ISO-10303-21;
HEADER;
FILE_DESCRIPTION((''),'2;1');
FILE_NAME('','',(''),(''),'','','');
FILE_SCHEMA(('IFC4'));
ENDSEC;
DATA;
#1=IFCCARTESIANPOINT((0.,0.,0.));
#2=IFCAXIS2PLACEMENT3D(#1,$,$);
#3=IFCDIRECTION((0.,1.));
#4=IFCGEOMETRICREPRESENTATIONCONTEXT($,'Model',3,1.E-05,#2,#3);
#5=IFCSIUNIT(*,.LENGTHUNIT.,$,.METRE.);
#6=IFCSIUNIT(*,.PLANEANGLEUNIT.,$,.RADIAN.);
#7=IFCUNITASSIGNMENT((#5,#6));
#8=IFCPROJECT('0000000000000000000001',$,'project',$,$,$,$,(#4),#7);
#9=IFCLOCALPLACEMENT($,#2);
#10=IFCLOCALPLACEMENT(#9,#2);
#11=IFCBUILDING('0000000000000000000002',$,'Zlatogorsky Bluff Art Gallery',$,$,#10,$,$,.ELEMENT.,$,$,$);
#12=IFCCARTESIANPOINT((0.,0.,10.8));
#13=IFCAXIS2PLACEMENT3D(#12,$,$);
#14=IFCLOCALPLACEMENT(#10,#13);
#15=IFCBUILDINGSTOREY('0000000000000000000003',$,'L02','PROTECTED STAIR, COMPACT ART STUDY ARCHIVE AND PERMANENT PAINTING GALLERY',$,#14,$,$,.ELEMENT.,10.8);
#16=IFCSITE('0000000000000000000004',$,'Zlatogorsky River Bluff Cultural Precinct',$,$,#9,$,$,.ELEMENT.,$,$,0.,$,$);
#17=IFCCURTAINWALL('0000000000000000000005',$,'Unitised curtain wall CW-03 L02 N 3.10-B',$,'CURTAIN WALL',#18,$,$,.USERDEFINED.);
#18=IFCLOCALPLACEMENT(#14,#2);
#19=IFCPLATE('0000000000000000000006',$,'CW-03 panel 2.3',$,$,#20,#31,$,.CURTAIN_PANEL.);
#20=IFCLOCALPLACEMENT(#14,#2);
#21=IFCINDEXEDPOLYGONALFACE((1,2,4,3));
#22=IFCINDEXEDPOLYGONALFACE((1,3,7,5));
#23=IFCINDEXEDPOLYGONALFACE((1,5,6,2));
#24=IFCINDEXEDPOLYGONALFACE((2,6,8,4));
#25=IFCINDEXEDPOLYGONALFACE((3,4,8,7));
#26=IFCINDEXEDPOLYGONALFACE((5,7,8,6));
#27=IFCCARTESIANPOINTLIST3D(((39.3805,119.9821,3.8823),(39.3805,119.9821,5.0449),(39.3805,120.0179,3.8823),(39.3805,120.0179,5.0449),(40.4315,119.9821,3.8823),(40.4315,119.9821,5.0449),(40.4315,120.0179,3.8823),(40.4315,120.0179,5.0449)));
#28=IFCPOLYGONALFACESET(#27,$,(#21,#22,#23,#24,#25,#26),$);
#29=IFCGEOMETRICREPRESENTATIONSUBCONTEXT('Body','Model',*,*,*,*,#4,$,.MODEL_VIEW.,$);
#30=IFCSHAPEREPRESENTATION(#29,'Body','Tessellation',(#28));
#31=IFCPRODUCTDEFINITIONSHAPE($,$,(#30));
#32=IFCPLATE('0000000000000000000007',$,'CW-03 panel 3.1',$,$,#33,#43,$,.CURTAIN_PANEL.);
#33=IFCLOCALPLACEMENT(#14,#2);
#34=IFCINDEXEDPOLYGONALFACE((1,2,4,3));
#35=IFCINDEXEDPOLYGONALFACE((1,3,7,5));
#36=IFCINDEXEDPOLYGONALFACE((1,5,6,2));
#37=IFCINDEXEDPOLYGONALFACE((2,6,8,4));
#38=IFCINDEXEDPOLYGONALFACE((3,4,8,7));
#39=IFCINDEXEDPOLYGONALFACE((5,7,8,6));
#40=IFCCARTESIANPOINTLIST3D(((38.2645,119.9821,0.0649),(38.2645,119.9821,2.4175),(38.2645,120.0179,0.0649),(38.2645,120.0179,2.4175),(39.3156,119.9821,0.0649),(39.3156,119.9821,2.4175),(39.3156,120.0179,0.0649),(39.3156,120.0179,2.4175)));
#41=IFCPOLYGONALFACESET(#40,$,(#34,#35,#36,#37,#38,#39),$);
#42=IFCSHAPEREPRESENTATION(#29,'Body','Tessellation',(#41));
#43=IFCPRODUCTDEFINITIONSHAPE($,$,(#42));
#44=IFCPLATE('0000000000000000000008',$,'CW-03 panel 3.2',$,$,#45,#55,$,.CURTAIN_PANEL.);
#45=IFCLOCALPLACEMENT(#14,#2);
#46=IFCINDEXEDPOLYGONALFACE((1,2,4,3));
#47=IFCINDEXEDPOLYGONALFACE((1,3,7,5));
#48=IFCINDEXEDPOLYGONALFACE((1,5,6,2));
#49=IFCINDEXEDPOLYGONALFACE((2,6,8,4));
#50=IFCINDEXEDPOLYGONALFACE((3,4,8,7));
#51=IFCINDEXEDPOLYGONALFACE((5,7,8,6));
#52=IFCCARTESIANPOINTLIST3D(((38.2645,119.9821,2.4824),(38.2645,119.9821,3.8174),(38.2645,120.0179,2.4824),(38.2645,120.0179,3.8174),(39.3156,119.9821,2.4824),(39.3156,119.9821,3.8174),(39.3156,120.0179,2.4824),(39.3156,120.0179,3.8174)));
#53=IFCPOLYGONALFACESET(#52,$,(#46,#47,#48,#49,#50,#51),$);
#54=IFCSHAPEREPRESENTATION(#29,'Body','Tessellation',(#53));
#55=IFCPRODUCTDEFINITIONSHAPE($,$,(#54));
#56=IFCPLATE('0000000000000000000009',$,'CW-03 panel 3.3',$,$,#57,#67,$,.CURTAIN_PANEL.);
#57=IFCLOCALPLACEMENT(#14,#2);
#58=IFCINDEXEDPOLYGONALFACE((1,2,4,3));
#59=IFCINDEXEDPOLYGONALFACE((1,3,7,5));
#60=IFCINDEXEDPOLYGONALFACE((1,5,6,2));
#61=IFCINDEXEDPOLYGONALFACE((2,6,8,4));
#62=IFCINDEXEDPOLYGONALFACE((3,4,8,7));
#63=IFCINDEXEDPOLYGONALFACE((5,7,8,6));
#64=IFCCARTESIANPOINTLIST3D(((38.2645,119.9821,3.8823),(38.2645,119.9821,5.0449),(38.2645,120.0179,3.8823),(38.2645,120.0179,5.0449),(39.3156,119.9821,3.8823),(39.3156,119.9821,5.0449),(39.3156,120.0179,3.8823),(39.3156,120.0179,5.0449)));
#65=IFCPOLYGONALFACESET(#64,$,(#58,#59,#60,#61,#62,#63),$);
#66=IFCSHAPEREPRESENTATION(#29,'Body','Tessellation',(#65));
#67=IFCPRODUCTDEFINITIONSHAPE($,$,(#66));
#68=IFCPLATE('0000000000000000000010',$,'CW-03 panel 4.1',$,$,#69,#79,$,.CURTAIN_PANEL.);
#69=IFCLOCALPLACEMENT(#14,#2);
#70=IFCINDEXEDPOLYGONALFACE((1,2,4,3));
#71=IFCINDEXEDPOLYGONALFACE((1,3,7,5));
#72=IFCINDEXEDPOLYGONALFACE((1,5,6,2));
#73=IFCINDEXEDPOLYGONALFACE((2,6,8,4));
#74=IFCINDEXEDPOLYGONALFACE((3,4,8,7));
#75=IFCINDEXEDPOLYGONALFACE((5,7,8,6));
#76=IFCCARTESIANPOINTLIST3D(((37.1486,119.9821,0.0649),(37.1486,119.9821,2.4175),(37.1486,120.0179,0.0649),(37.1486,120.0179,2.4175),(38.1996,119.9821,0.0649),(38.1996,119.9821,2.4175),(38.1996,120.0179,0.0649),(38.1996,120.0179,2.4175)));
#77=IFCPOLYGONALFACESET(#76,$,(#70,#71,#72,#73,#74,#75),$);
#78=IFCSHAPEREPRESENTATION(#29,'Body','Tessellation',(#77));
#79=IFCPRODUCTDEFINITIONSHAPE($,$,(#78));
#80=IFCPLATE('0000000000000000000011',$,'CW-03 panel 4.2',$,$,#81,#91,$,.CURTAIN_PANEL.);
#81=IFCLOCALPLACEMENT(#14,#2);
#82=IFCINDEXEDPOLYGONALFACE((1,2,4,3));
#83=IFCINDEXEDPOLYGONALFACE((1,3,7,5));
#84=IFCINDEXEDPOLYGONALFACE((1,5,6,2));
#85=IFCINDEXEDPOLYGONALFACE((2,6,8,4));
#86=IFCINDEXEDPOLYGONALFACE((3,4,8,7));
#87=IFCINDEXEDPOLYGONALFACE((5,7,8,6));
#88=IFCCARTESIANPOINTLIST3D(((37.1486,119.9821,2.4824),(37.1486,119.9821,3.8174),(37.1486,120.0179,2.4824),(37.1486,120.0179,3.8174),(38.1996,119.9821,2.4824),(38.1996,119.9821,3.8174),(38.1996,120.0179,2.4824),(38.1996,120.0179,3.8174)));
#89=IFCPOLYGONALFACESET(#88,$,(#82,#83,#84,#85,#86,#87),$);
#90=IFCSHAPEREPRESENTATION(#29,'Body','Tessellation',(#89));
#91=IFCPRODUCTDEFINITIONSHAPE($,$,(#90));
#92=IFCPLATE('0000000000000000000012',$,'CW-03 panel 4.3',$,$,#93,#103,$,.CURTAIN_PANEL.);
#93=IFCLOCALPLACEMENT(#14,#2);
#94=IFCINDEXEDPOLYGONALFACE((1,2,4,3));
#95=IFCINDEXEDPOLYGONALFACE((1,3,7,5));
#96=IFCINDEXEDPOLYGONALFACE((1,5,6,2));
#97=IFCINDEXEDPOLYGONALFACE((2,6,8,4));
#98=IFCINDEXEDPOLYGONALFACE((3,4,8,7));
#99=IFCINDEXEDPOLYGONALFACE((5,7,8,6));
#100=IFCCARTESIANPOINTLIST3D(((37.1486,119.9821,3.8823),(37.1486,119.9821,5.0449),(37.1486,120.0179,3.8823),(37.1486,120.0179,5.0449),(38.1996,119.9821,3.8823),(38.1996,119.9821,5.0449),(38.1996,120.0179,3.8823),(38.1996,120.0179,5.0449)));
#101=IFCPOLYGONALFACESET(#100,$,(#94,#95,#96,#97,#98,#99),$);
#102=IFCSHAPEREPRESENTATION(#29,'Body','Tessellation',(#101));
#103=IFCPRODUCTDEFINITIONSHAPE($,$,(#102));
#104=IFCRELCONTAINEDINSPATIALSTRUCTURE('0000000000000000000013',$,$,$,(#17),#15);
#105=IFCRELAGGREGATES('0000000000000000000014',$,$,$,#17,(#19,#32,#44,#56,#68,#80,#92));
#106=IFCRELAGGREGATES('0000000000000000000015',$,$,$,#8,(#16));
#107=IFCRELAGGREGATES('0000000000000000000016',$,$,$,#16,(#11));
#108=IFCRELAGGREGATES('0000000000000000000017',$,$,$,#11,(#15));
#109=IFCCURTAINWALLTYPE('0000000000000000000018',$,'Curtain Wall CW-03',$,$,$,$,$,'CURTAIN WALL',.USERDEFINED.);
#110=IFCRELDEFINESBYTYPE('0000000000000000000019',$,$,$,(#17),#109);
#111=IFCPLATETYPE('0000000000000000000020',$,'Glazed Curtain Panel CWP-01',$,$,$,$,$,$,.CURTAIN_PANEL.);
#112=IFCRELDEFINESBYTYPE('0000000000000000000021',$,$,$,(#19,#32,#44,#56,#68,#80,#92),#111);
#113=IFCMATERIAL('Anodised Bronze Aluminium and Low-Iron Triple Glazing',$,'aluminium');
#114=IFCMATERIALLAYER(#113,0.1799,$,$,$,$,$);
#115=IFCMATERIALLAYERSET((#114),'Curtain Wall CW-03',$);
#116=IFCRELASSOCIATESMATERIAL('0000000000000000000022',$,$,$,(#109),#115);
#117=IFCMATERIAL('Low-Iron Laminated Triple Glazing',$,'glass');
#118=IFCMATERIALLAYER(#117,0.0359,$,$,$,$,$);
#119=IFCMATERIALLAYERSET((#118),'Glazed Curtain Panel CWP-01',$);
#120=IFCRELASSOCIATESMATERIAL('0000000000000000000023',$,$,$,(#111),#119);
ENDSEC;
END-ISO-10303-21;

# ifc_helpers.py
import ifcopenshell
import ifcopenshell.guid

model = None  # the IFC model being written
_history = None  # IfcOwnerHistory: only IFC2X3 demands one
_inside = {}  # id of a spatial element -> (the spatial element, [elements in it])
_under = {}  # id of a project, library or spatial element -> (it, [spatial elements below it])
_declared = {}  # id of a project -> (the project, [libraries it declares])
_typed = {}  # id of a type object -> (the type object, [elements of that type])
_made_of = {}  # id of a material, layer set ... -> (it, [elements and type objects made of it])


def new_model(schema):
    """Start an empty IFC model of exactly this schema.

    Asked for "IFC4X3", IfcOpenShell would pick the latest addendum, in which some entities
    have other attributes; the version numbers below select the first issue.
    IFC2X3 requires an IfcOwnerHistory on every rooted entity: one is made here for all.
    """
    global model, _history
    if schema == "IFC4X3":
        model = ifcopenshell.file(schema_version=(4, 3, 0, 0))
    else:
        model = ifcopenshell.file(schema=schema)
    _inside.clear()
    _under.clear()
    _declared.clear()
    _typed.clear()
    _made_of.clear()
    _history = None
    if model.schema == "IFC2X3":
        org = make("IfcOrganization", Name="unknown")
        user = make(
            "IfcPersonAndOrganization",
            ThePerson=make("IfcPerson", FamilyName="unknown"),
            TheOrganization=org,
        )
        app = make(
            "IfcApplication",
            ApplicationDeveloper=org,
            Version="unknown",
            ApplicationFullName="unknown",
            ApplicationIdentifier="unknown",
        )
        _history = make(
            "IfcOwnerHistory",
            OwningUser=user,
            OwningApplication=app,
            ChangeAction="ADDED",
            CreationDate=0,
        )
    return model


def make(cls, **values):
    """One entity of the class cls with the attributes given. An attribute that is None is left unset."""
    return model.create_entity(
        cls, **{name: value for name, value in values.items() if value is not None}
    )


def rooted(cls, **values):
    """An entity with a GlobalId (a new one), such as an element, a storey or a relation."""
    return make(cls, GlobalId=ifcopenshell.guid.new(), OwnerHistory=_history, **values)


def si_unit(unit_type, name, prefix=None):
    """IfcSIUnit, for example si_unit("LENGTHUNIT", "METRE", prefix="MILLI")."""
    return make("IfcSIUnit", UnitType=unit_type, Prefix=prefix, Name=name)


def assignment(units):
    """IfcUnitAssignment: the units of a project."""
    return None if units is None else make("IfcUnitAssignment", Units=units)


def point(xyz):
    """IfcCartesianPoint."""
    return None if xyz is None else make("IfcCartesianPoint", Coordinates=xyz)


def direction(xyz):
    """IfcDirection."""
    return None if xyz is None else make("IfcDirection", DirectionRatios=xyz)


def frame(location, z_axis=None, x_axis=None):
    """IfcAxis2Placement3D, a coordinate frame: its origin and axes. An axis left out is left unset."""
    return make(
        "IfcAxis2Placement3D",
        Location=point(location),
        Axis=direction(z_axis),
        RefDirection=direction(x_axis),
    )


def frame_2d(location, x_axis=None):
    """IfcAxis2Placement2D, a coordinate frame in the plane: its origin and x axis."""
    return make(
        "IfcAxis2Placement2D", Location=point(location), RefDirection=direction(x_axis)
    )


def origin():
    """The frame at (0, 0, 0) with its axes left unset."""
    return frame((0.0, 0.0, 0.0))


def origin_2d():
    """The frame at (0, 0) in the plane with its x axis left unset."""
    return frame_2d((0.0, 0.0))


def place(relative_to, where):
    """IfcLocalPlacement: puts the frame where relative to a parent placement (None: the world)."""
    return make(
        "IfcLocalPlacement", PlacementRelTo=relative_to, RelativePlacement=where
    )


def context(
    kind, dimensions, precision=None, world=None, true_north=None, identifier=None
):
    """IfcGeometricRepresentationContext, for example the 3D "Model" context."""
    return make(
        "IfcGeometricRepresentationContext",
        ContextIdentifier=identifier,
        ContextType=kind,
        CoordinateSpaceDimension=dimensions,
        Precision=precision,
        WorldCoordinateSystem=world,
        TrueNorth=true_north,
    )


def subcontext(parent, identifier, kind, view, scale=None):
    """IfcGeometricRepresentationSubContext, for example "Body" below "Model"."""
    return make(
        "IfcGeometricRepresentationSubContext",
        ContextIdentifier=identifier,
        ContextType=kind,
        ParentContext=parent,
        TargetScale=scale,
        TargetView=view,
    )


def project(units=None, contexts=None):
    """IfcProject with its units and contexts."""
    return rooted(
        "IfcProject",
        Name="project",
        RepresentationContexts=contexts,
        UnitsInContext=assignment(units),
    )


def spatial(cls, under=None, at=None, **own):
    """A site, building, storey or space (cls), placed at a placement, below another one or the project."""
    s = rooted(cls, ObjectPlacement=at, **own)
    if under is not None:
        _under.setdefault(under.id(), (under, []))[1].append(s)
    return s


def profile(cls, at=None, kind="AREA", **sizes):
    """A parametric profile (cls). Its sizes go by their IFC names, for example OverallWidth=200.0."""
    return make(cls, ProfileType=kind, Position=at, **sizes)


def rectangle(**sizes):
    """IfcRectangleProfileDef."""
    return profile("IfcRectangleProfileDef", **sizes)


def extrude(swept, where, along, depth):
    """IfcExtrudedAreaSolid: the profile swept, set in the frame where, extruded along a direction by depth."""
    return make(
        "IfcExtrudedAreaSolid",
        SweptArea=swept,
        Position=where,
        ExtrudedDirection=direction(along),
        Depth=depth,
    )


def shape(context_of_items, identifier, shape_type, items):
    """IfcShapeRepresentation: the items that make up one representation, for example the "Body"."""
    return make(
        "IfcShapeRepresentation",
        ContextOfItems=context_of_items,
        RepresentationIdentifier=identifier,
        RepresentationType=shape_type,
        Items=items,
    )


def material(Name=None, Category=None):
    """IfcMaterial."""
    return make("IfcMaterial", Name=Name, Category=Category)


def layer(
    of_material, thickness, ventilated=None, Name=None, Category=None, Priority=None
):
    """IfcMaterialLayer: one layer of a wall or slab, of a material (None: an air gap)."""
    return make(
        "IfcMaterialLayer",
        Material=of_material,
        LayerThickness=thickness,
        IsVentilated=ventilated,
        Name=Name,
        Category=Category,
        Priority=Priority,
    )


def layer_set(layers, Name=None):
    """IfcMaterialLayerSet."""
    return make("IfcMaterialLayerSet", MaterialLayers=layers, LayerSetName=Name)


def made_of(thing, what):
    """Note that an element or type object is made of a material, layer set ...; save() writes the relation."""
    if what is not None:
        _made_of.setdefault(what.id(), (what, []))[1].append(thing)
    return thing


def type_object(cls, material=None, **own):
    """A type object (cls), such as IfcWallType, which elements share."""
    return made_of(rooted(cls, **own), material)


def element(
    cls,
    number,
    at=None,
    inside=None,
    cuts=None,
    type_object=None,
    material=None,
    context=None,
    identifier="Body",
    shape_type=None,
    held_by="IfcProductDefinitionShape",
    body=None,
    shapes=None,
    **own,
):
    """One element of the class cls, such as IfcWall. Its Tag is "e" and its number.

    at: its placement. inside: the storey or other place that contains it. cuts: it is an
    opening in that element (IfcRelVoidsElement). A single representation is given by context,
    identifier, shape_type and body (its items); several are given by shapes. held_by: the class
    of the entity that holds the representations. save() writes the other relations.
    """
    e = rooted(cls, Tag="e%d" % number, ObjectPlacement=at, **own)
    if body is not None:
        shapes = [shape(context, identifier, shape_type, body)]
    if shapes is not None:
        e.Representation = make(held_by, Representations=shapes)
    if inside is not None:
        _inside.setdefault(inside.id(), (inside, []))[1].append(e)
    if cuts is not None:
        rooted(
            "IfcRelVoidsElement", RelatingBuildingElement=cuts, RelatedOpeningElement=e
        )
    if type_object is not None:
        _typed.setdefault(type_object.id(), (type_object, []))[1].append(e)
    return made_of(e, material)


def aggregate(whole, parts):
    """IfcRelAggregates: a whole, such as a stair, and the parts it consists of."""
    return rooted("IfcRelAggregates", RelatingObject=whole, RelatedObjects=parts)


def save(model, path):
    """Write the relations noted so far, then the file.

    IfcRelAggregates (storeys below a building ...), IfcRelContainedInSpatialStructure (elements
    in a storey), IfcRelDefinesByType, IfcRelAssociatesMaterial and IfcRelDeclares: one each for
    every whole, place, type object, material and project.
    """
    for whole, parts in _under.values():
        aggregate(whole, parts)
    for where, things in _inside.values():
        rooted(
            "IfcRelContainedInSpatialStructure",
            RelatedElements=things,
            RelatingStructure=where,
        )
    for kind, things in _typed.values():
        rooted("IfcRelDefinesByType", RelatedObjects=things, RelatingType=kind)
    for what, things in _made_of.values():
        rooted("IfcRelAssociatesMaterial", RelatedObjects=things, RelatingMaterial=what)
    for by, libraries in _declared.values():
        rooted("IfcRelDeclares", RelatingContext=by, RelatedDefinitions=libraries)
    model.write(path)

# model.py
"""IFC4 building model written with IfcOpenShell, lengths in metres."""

from ifc_helpers import new_model, si_unit, direction, frame, origin, origin_2d, place, context, subcontext, project, spatial, rectangle, extrude, material, layer, layer_set, type_object, element, aggregate, save


model = new_model("IFC4")

# Units and contexts
model_context = context("Model", 3, precision=1e-05, world=origin(), true_north=direction((0.0, 1.0)))
body_context = subcontext(model_context, "Body", "Model", "MODEL_VIEW")
ifc_project = project(units=[si_unit("LENGTHUNIT", "METRE"), si_unit("PLANEANGLEUNIT", "RADIAN")], contexts=[model_context])

# Site, building, storey
site_placement = place(None, origin())
site = spatial("IfcSite", under=ifc_project, at=site_placement, Name="Zlatogorsky River Bluff Cultural Precinct", CompositionType="ELEMENT", RefElevation=0.0)
building_placement = place(site_placement, origin())
building = spatial("IfcBuilding", under=site, at=building_placement, Name="Zlatogorsky Bluff Art Gallery", CompositionType="ELEMENT")
storey_placement = place(building_placement, frame((0.0, 0.0, 10.8)))
storey = spatial("IfcBuildingStorey", under=building, at=storey_placement, Name="L02", Description="PROTECTED STAIR, COMPACT ART STUDY ARCHIVE AND PERMANENT PAINTING GALLERY", CompositionType="ELEMENT", Elevation=10.8)

# Curtain wall, plates
ifc_material_1 = material(Name="Anodised Bronze Aluminium and Low-Iron Triple Glazing", Category="aluminium")
ifc_layer_1 = layer(ifc_material_1, 0.1799)
ifc_layer_set_1 = layer_set([ifc_layer_1], Name="Curtain Wall CW-03")
curtain_wall_type = type_object("IfcCurtainWallType", Name="Curtain Wall CW-03", ElementType="CURTAIN WALL", PredefinedType="USERDEFINED", material=ifc_layer_set_1)
curtain_wall_placement = place(storey_placement, origin())
curtain_wall = element("IfcCurtainWall", 1, at=curtain_wall_placement, inside=storey, type_object=curtain_wall_type, Name="Unitised curtain wall CW-03 L02 N 3.10-B", ObjectType="CURTAIN WALL", PredefinedType="USERDEFINED")
ifc_material_2 = material(Name="Low-Iron Laminated Triple Glazing", Category="glass")
ifc_layer_2 = layer(ifc_material_2, 0.0359)
ifc_layer_set_2 = layer_set([ifc_layer_2], Name="Glazed Curtain Panel CWP-01")
plate_type = type_object("IfcPlateType", Name="Glazed Curtain Panel CWP-01", PredefinedType="CURTAIN_PANEL", material=ifc_layer_set_2)
plate_1_placement = place(storey_placement, frame((39.906, 120.0, 3.8823), z_axis=(0.0, 0.0, 1.0), x_axis=(-1.0, 0.0, 0.0)))
plate_1 = element("IfcPlate", 2, at=plate_1_placement, type_object=plate_type, Name="CW-03 panel 2.3", PredefinedType="CURTAIN_PANEL", context=body_context, shape_type="SweptSolid", body=[
    extrude(rectangle(XDim=1.051, YDim=0.0359, at=origin_2d()), origin(), (0.0, 0.0, 1.0), 1.1626),
])
plate_2_placement = place(storey_placement, frame((38.79, 120.0, 0.0649), z_axis=(0.0, 0.0, 1.0), x_axis=(-1.0, 0.0, 0.0)))
plate_2 = element("IfcPlate", 3, at=plate_2_placement, type_object=plate_type, Name="CW-03 panel 3.1", PredefinedType="CURTAIN_PANEL", context=body_context, shape_type="SweptSolid", body=[
    extrude(rectangle(XDim=1.051, YDim=0.0359, at=origin_2d()), origin(), (0.0, 0.0, 1.0), 2.3525),
])
plate_3_placement = place(storey_placement, frame((38.79, 120.0, 2.4824), z_axis=(0.0, 0.0, 1.0), x_axis=(-1.0, 0.0, 0.0)))
plate_3 = element("IfcPlate", 4, at=plate_3_placement, type_object=plate_type, Name="CW-03 panel 3.2", PredefinedType="CURTAIN_PANEL", context=body_context, shape_type="SweptSolid", body=[
    extrude(rectangle(XDim=1.051, YDim=0.0359, at=origin_2d()), origin(), (0.0, 0.0, 1.0), 1.335),
])
plate_4_placement = place(storey_placement, frame((38.79, 120.0, 3.8823), z_axis=(0.0, 0.0, 1.0), x_axis=(-1.0, 0.0, 0.0)))
plate_4 = element("IfcPlate", 5, at=plate_4_placement, type_object=plate_type, Name="CW-03 panel 3.3", PredefinedType="CURTAIN_PANEL", context=body_context, shape_type="SweptSolid", body=[
    extrude(rectangle(XDim=1.051, YDim=0.0359, at=origin_2d()), origin(), (0.0, 0.0, 1.0), 1.1626),
])
plate_5_placement = place(storey_placement, frame((37.6741, 120.0, 0.0649), z_axis=(0.0, 0.0, 1.0), x_axis=(-1.0, 0.0, 0.0)))
plate_5 = element("IfcPlate", 6, at=plate_5_placement, type_object=plate_type, Name="CW-03 panel 4.1", PredefinedType="CURTAIN_PANEL", context=body_context, shape_type="SweptSolid", body=[
    extrude(rectangle(XDim=1.051, YDim=0.0359, at=origin_2d()), origin(), (0.0, 0.0, 1.0), 2.3525),
])
plate_6_placement = place(storey_placement, frame((37.6741, 120.0, 2.4824), z_axis=(0.0, 0.0, 1.0), x_axis=(-1.0, 0.0, 0.0)))
plate_6 = element("IfcPlate", 7, at=plate_6_placement, type_object=plate_type, Name="CW-03 panel 4.2", PredefinedType="CURTAIN_PANEL", context=body_context, shape_type="SweptSolid", body=[
    extrude(rectangle(XDim=1.051, YDim=0.0359, at=origin_2d()), origin(), (0.0, 0.0, 1.0), 1.335),
])
plate_7_placement = place(storey_placement, frame((37.6741, 120.0, 3.8823), z_axis=(0.0, 0.0, 1.0), x_axis=(-1.0, 0.0, 0.0)))
plate_7 = element("IfcPlate", 8, at=plate_7_placement, type_object=plate_type, Name="CW-03 panel 4.3", PredefinedType="CURTAIN_PANEL", context=body_context, shape_type="SweptSolid", body=[
    extrude(rectangle(XDim=1.051, YDim=0.0359, at=origin_2d()), origin(), (0.0, 0.0, 1.0), 1.1626),
])
aggregate(curtain_wall, [plate_1, plate_2, plate_3, plate_4, plate_5, plate_6, plate_7])

save(model, "model.ifc")
